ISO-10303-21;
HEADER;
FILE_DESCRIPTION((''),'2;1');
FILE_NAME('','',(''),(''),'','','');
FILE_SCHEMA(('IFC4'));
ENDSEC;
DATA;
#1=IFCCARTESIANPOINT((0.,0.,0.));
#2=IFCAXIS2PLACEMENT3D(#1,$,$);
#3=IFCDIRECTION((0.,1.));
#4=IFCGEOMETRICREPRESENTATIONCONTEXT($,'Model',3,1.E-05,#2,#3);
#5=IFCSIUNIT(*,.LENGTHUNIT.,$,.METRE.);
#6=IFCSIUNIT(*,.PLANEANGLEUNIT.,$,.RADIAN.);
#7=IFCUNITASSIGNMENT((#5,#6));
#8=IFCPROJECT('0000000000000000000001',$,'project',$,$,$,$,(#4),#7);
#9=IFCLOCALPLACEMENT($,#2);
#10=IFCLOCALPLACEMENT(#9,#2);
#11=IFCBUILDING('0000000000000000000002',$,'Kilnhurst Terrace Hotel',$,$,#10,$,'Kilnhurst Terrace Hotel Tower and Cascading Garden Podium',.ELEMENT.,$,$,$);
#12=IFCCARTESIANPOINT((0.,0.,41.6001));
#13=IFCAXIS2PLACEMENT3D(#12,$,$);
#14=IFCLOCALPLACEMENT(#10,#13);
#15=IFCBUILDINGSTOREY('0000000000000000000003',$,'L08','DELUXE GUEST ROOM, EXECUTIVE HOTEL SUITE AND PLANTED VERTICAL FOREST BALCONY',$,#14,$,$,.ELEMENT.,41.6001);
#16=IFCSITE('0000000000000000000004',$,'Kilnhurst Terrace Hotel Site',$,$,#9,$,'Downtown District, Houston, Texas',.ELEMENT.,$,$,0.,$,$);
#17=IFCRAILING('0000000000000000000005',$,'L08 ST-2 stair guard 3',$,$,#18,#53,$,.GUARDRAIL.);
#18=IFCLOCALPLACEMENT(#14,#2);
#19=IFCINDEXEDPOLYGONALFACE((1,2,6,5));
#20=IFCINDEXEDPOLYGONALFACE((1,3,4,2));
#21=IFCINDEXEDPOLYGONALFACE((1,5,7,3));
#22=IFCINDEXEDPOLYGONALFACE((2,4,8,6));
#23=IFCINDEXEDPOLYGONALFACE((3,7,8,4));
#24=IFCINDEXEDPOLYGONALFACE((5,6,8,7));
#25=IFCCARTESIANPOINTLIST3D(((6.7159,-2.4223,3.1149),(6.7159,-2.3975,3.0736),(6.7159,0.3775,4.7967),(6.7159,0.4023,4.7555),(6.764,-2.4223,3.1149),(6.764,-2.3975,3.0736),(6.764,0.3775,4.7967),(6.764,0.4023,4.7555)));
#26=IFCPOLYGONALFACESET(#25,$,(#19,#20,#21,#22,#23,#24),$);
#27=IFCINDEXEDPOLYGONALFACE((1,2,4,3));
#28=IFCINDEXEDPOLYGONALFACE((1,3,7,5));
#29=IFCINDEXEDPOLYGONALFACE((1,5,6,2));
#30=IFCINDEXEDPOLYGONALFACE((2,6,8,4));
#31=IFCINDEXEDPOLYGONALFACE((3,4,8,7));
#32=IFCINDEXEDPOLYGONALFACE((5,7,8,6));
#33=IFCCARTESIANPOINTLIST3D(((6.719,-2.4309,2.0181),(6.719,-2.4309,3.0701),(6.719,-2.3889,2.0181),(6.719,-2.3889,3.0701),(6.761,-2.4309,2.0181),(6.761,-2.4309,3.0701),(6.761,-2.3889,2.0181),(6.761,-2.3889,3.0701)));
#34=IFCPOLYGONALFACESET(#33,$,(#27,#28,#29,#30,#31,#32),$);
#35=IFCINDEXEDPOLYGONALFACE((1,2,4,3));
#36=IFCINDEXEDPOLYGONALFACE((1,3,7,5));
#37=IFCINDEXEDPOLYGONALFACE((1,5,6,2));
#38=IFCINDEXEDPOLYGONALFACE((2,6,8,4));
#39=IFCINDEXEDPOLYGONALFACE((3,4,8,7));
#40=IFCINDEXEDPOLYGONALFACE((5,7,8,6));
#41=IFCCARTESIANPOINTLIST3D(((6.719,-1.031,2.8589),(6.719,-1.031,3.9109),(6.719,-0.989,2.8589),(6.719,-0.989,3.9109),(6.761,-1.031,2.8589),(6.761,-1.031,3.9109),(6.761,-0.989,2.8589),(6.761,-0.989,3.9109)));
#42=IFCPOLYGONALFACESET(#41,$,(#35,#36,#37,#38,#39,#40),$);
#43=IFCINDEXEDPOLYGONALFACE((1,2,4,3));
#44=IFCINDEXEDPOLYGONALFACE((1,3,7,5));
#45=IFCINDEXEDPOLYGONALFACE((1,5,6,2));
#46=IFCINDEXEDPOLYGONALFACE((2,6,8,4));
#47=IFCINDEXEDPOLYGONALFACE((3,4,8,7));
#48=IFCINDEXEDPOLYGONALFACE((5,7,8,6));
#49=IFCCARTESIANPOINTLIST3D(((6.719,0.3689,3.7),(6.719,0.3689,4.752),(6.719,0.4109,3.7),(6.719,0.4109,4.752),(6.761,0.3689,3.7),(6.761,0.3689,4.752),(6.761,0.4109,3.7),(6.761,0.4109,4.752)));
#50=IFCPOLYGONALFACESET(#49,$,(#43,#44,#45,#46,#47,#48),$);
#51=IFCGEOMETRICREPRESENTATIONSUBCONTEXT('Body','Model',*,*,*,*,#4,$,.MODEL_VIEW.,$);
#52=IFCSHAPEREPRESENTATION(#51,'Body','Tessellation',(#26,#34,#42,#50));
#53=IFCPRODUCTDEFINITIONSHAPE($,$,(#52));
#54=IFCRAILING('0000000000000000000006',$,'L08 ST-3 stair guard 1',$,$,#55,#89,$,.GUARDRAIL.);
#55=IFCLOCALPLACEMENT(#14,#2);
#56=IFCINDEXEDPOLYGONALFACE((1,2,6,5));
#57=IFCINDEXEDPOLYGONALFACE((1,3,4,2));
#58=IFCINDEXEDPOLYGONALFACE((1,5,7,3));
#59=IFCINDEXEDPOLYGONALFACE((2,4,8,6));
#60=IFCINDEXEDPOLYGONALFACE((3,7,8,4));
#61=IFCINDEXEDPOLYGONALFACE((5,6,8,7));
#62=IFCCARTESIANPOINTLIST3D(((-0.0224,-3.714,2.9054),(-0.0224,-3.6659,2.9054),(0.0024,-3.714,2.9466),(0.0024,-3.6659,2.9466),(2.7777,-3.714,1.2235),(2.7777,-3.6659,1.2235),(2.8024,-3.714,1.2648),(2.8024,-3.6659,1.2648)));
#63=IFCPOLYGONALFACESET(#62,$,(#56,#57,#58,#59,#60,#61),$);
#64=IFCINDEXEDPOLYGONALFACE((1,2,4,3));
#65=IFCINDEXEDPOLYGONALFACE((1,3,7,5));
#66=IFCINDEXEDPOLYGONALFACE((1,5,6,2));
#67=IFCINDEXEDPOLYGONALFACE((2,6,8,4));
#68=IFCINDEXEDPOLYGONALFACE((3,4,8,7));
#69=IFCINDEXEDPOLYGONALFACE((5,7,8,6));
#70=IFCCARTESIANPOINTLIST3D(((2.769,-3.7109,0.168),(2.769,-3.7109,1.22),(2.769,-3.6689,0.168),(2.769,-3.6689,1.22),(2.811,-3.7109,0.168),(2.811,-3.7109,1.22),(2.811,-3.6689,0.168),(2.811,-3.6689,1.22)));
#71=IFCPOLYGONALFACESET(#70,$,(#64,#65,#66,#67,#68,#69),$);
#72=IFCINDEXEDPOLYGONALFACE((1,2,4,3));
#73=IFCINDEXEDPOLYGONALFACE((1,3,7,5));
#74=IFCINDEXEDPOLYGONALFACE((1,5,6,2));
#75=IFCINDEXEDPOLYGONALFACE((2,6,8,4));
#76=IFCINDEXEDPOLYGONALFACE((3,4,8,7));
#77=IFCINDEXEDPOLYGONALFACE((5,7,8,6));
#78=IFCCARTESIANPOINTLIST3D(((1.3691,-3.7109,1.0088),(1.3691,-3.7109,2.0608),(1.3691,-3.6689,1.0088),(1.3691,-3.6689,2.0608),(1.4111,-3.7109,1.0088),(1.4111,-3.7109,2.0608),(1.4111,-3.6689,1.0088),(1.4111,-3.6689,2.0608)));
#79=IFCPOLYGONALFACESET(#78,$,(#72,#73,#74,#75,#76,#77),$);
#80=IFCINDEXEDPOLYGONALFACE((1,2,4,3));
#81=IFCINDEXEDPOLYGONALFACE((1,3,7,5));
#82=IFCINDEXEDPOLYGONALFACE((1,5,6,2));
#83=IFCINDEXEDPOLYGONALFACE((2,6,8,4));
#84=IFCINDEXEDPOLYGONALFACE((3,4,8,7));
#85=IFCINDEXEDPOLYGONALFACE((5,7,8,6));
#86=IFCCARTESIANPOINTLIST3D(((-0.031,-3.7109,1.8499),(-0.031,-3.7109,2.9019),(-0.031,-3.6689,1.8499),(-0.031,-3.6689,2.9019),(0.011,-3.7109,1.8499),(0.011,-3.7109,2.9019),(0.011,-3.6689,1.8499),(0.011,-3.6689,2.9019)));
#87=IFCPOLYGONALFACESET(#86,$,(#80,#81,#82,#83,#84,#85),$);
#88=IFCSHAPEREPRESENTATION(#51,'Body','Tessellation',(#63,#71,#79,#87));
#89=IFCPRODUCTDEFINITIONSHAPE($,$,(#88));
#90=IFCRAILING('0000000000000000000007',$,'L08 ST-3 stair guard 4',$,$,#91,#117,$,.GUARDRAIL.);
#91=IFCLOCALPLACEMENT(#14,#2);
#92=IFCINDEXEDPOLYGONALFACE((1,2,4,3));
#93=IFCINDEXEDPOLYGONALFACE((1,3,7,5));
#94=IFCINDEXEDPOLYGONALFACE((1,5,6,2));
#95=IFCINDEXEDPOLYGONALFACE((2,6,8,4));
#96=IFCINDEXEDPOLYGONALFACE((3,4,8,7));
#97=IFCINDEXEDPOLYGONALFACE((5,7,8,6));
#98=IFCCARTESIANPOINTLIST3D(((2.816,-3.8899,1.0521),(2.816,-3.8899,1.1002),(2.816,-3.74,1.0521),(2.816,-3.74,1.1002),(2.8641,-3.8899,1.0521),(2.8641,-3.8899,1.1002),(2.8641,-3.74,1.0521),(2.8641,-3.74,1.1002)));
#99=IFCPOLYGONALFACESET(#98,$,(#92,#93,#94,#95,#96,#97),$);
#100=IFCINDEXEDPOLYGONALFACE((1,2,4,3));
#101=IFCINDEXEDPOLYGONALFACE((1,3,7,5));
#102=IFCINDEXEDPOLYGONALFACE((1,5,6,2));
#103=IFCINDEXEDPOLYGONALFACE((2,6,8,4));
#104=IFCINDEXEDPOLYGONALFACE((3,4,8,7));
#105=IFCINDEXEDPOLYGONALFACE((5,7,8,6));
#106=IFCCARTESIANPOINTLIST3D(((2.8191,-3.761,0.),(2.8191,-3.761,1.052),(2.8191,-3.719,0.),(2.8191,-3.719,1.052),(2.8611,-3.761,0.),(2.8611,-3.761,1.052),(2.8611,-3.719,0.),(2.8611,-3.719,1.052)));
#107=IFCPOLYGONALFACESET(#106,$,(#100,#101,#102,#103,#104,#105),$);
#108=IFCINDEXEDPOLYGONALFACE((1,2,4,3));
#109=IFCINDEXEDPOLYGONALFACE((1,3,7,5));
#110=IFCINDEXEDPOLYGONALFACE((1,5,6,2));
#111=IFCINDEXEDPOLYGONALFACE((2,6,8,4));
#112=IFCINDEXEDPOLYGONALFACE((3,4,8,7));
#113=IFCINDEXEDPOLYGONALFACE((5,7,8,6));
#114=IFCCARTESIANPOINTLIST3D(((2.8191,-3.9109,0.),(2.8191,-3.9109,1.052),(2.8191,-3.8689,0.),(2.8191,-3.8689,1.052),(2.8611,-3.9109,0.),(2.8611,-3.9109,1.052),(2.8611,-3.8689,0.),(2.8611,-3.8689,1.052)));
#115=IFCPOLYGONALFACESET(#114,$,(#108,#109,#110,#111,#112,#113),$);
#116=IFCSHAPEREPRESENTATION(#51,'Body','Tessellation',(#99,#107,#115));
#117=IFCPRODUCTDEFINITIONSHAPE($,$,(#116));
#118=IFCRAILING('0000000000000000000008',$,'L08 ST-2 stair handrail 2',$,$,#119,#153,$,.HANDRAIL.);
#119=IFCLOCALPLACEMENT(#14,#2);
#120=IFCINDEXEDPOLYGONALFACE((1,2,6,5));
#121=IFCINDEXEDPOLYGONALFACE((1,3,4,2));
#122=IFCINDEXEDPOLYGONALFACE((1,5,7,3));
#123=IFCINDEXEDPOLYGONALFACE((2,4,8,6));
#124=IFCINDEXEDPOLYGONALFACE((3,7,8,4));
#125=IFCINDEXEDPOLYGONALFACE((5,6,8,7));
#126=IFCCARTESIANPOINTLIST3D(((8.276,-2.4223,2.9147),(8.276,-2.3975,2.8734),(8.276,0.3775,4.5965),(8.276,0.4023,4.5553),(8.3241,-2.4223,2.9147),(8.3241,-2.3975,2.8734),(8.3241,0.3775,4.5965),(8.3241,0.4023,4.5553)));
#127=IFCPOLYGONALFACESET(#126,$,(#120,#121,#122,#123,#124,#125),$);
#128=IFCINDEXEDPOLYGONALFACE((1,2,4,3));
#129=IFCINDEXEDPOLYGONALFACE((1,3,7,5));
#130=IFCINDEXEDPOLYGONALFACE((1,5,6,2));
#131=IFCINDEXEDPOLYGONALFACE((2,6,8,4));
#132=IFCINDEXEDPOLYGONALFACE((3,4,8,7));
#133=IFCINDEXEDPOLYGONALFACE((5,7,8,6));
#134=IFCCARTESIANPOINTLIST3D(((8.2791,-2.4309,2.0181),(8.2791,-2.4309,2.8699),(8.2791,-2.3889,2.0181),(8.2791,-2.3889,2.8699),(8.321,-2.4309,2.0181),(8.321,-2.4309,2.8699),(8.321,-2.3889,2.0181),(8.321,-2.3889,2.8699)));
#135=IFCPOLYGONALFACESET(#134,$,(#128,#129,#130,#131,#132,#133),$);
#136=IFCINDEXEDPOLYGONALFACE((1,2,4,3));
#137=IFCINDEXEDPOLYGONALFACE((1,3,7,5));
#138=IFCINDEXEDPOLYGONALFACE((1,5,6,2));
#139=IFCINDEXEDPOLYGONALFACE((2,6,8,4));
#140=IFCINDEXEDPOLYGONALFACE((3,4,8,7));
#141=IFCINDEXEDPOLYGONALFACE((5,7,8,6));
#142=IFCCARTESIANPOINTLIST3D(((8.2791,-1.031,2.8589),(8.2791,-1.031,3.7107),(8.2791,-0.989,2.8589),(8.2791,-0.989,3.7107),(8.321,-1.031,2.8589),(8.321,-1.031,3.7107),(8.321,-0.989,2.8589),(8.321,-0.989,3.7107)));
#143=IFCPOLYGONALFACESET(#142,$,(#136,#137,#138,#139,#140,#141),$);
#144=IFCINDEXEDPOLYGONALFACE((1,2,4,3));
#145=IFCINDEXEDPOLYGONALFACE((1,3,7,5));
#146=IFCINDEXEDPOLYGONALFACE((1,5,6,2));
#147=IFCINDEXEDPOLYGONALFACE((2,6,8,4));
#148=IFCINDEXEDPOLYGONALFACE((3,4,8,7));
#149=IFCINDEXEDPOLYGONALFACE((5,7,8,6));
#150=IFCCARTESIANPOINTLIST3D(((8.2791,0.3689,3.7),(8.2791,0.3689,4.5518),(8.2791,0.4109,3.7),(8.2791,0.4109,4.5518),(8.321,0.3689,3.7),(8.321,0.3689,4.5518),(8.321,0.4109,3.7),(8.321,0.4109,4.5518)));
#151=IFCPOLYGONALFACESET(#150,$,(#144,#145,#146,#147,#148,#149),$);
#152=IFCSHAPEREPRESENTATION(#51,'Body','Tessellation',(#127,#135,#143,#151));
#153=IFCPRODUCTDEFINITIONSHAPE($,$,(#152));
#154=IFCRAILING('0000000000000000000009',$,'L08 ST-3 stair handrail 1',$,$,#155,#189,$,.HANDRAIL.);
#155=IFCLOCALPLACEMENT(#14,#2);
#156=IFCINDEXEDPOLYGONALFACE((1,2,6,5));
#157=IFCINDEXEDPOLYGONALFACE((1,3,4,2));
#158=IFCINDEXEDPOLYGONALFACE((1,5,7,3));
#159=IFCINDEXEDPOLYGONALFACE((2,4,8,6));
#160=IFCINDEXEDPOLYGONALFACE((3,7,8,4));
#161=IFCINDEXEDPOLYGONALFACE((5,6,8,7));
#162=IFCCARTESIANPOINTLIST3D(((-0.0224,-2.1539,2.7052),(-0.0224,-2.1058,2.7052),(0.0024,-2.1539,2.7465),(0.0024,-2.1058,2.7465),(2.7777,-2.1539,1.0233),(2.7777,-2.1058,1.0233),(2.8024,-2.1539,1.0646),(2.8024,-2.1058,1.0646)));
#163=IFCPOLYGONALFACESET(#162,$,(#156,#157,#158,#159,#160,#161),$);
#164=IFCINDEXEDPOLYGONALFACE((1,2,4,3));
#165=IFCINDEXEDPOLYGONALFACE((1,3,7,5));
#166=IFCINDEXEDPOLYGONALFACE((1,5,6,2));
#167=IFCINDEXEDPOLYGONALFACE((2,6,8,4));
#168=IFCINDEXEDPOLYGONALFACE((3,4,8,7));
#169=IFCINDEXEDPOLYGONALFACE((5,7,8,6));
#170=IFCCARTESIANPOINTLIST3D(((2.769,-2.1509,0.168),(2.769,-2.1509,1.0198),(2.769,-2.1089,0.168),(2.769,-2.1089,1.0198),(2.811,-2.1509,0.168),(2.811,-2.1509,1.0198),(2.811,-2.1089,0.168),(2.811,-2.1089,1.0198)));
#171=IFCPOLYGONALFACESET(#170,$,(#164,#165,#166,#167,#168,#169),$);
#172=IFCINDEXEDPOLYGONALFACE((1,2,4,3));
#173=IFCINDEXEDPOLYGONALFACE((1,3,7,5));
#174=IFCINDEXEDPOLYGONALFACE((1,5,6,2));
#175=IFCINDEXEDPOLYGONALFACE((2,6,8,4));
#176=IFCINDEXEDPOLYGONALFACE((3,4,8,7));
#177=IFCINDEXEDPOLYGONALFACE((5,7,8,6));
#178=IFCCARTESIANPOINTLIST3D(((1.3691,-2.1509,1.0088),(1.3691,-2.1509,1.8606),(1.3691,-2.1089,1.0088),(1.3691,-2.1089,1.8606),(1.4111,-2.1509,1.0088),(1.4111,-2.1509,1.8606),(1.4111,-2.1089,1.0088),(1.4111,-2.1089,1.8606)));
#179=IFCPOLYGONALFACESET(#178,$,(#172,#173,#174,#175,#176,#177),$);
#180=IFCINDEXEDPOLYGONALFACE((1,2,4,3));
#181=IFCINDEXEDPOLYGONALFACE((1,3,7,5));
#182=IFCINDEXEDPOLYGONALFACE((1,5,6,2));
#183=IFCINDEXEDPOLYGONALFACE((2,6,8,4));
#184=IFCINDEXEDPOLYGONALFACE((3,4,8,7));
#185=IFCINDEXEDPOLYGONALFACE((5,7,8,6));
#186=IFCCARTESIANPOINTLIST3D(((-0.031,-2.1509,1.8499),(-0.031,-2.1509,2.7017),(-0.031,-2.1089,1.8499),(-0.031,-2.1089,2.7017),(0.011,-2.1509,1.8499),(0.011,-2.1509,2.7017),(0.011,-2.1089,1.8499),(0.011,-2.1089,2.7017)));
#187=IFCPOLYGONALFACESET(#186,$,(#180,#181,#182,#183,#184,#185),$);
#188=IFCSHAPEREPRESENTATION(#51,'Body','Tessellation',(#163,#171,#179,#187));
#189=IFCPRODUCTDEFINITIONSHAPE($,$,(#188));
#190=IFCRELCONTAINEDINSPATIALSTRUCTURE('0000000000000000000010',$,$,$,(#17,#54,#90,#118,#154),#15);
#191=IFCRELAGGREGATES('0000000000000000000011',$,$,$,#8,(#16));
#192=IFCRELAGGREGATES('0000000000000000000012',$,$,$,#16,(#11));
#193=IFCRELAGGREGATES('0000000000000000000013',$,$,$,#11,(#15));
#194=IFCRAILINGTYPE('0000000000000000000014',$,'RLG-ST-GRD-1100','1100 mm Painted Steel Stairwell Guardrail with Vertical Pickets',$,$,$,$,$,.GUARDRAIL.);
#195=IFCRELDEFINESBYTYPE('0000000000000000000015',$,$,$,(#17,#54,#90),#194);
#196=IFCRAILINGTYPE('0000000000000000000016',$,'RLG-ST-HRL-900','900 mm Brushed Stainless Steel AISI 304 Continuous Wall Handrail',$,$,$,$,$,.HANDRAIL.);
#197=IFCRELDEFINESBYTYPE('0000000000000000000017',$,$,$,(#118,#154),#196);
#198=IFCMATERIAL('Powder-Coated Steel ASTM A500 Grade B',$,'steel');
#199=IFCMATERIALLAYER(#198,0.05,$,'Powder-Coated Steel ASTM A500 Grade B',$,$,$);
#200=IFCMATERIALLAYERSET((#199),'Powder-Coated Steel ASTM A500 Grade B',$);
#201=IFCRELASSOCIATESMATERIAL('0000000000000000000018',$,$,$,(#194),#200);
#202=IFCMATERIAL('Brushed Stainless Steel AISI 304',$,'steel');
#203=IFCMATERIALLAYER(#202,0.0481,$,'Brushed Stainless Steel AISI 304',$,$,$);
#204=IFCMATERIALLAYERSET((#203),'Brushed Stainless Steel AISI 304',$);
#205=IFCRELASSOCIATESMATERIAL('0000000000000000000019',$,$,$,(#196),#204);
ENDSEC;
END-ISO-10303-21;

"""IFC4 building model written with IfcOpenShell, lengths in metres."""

from ifc_helpers import new_model, si_unit, direction, frame, origin, origin_2d, place, context, subcontext, project, spatial, rectangle, extrude, material, layer, layer_set, type_object, element, save


model = new_model("IFC4")

# Units and contexts
model_context = context("Model", 3, precision=1e-05, world=origin(), true_north=direction((0.0, 1.0)))
body_context = subcontext(model_context, "Body", "Model", "MODEL_VIEW")
ifc_project = project(units=[si_unit("LENGTHUNIT", "METRE"), si_unit("PLANEANGLEUNIT", "RADIAN")], contexts=[model_context])

# Site, building, storey
site_placement = place(None, origin())
site = spatial("IfcSite", under=ifc_project, at=site_placement, Name="Kilnhurst Terrace Hotel Site", LongName="Downtown District, Houston, Texas", CompositionType="ELEMENT", RefElevation=0.0)
building_placement = place(site_placement, origin())
building = spatial("IfcBuilding", under=site, at=building_placement, Name="Kilnhurst Terrace Hotel", LongName="Kilnhurst Terrace Hotel Tower and Cascading Garden Podium", CompositionType="ELEMENT")
storey_placement = place(building_placement, frame((0.0, 0.0, 41.6001)))
storey = spatial("IfcBuildingStorey", under=building, at=storey_placement, Name="L08", Description="DELUXE GUEST ROOM, EXECUTIVE HOTEL SUITE AND PLANTED VERTICAL FOREST BALCONY", CompositionType="ELEMENT", Elevation=41.6001)

# Railings
ifc_material_1 = material(Name="Powder-Coated Steel ASTM A500 Grade B", Category="steel")
ifc_layer_1 = layer(ifc_material_1, 0.05, Name="Powder-Coated Steel ASTM A500 Grade B")
ifc_layer_set_1 = layer_set([ifc_layer_1], Name="Powder-Coated Steel ASTM A500 Grade B")
railing_type_1 = type_object("IfcRailingType", Name="RLG-ST-GRD-1100", Description="1100 mm Painted Steel Stairwell Guardrail with Vertical Pickets", PredefinedType="GUARDRAIL", material=ifc_layer_set_1)
railing_1_placement = place(storey_placement, frame((6.74, -2.4099, 2.0181)))
element("IfcRailing", 1, at=railing_1_placement, inside=storey, type_object=railing_type_1, Name="L08 ST-2 stair guard 3", PredefinedType="GUARDRAIL", context=body_context, shape_type="SweptSolid", body=[
    extrude(rectangle(XDim=0.0481, YDim=0.0481, at=origin_2d()), frame((0.0, 0.0, 1.0762), z_axis=(0.0, 0.857222, 0.514946), x_axis=(-1.0, 0.0, 0.0)), (0.0, 0.0, 1.0), 3.2661),
    extrude(rectangle(XDim=0.042, YDim=0.042, at=origin_2d()), origin(), (0.0, 0.0, 1.0), 1.052),
    extrude(rectangle(XDim=0.042, YDim=0.042, at=origin_2d()), frame((0.0, 1.3999, 0.8408)), (0.0, 0.0, 1.0), 1.052),
    extrude(rectangle(XDim=0.042, YDim=0.042, at=origin_2d()), frame((0.0, 2.7998, 1.6819)), (0.0, 0.0, 1.0), 1.052),
])
railing_2_placement = place(storey_placement, frame((2.79, -3.6899, 0.168)))
element("IfcRailing", 2, at=railing_2_placement, inside=storey, type_object=railing_type_1, Name="L08 ST-3 stair guard 1", PredefinedType="GUARDRAIL", context=body_context, shape_type="SweptSolid", body=[
    extrude(rectangle(XDim=0.0481, YDim=0.0481, at=origin_2d()), frame((0.0, 0.0, 1.0762), z_axis=(-0.857242, 0.0, 0.514913), x_axis=(0.0, -1.0, 0.0)), (0.0, 0.0, 1.0), 3.2664),
    extrude(rectangle(XDim=0.042, YDim=0.042, at=origin_2d()), origin(), (0.0, 0.0, 1.0), 1.052),
    extrude(rectangle(XDim=0.042, YDim=0.042, at=origin_2d()), frame((-1.3999, 0.0, 0.8408)), (0.0, 0.0, 1.0), 1.052),
    extrude(rectangle(XDim=0.042, YDim=0.042, at=origin_2d()), frame((-2.8, 0.0, 1.6819)), (0.0, 0.0, 1.0), 1.052),
])
railing_3_placement = place(storey_placement, frame((2.8401, -3.74, 0.0)))
element("IfcRailing", 3, at=railing_3_placement, inside=storey, type_object=railing_type_1, Name="L08 ST-3 stair guard 4", PredefinedType="GUARDRAIL", context=body_context, shape_type="SweptSolid", body=[
    extrude(rectangle(XDim=0.0481, YDim=0.0481, at=origin_2d()), frame((0.0, 0.0, 1.0762), z_axis=(0.0, -1.0, 0.0), x_axis=(1.0, 0.0, 0.0)), (0.0, 0.0, 1.0), 0.1499),
    extrude(rectangle(XDim=0.042, YDim=0.042, at=origin_2d()), origin(), (0.0, 0.0, 1.0), 1.052),
    extrude(rectangle(XDim=0.042, YDim=0.042, at=origin_2d()), frame((0.0, -0.1499, 0.0)), (0.0, 0.0, 1.0), 1.052),
])
ifc_material_2 = material(Name="Brushed Stainless Steel AISI 304", Category="steel")
ifc_layer_2 = layer(ifc_material_2, 0.0481, Name="Brushed Stainless Steel AISI 304")
ifc_layer_set_2 = layer_set([ifc_layer_2], Name="Brushed Stainless Steel AISI 304")
railing_type_2 = type_object("IfcRailingType", Name="RLG-ST-HRL-900", Description="900 mm Brushed Stainless Steel AISI 304 Continuous Wall Handrail", PredefinedType="HANDRAIL", material=ifc_layer_set_2)
railing_4_placement = place(storey_placement, frame((8.3, -2.4099, 2.0181)))
element("IfcRailing", 4, at=railing_4_placement, inside=storey, type_object=railing_type_2, Name="L08 ST-2 stair handrail 2", PredefinedType="HANDRAIL", context=body_context, shape_type="SweptSolid", body=[
    extrude(rectangle(XDim=0.0481, YDim=0.0481, at=origin_2d()), frame((0.0, 0.0, 0.876), z_axis=(0.0, 0.857222, 0.514946), x_axis=(-1.0, 0.0, 0.0)), (0.0, 0.0, 1.0), 3.2661),
    extrude(rectangle(XDim=0.042, YDim=0.042, at=origin_2d()), origin(), (0.0, 0.0, 1.0), 0.8518),
    extrude(rectangle(XDim=0.042, YDim=0.042, at=origin_2d()), frame((0.0, 1.3999, 0.8408)), (0.0, 0.0, 1.0), 0.8518),
    extrude(rectangle(XDim=0.042, YDim=0.042, at=origin_2d()), frame((0.0, 2.7998, 1.6819)), (0.0, 0.0, 1.0), 0.8518),
])
railing_5_placement = place(storey_placement, frame((2.79, -2.1299, 0.168)))
element("IfcRailing", 5, at=railing_5_placement, inside=storey, type_object=railing_type_2, Name="L08 ST-3 stair handrail 1", PredefinedType="HANDRAIL", context=body_context, shape_type="SweptSolid", body=[
    extrude(rectangle(XDim=0.0481, YDim=0.0481, at=origin_2d()), frame((0.0, 0.0, 0.876), z_axis=(-0.857242, 0.0, 0.514913), x_axis=(0.0, -1.0, 0.0)), (0.0, 0.0, 1.0), 3.2664),
    extrude(rectangle(XDim=0.042, YDim=0.042, at=origin_2d()), origin(), (0.0, 0.0, 1.0), 0.8518),
    extrude(rectangle(XDim=0.042, YDim=0.042, at=origin_2d()), frame((-1.3999, 0.0, 0.8408)), (0.0, 0.0, 1.0), 0.8518),
    extrude(rectangle(XDim=0.042, YDim=0.042, at=origin_2d()), frame((-2.8, 0.0, 1.6819)), (0.0, 0.0, 1.0), 0.8518),
])

save(model, "model.ifc")
